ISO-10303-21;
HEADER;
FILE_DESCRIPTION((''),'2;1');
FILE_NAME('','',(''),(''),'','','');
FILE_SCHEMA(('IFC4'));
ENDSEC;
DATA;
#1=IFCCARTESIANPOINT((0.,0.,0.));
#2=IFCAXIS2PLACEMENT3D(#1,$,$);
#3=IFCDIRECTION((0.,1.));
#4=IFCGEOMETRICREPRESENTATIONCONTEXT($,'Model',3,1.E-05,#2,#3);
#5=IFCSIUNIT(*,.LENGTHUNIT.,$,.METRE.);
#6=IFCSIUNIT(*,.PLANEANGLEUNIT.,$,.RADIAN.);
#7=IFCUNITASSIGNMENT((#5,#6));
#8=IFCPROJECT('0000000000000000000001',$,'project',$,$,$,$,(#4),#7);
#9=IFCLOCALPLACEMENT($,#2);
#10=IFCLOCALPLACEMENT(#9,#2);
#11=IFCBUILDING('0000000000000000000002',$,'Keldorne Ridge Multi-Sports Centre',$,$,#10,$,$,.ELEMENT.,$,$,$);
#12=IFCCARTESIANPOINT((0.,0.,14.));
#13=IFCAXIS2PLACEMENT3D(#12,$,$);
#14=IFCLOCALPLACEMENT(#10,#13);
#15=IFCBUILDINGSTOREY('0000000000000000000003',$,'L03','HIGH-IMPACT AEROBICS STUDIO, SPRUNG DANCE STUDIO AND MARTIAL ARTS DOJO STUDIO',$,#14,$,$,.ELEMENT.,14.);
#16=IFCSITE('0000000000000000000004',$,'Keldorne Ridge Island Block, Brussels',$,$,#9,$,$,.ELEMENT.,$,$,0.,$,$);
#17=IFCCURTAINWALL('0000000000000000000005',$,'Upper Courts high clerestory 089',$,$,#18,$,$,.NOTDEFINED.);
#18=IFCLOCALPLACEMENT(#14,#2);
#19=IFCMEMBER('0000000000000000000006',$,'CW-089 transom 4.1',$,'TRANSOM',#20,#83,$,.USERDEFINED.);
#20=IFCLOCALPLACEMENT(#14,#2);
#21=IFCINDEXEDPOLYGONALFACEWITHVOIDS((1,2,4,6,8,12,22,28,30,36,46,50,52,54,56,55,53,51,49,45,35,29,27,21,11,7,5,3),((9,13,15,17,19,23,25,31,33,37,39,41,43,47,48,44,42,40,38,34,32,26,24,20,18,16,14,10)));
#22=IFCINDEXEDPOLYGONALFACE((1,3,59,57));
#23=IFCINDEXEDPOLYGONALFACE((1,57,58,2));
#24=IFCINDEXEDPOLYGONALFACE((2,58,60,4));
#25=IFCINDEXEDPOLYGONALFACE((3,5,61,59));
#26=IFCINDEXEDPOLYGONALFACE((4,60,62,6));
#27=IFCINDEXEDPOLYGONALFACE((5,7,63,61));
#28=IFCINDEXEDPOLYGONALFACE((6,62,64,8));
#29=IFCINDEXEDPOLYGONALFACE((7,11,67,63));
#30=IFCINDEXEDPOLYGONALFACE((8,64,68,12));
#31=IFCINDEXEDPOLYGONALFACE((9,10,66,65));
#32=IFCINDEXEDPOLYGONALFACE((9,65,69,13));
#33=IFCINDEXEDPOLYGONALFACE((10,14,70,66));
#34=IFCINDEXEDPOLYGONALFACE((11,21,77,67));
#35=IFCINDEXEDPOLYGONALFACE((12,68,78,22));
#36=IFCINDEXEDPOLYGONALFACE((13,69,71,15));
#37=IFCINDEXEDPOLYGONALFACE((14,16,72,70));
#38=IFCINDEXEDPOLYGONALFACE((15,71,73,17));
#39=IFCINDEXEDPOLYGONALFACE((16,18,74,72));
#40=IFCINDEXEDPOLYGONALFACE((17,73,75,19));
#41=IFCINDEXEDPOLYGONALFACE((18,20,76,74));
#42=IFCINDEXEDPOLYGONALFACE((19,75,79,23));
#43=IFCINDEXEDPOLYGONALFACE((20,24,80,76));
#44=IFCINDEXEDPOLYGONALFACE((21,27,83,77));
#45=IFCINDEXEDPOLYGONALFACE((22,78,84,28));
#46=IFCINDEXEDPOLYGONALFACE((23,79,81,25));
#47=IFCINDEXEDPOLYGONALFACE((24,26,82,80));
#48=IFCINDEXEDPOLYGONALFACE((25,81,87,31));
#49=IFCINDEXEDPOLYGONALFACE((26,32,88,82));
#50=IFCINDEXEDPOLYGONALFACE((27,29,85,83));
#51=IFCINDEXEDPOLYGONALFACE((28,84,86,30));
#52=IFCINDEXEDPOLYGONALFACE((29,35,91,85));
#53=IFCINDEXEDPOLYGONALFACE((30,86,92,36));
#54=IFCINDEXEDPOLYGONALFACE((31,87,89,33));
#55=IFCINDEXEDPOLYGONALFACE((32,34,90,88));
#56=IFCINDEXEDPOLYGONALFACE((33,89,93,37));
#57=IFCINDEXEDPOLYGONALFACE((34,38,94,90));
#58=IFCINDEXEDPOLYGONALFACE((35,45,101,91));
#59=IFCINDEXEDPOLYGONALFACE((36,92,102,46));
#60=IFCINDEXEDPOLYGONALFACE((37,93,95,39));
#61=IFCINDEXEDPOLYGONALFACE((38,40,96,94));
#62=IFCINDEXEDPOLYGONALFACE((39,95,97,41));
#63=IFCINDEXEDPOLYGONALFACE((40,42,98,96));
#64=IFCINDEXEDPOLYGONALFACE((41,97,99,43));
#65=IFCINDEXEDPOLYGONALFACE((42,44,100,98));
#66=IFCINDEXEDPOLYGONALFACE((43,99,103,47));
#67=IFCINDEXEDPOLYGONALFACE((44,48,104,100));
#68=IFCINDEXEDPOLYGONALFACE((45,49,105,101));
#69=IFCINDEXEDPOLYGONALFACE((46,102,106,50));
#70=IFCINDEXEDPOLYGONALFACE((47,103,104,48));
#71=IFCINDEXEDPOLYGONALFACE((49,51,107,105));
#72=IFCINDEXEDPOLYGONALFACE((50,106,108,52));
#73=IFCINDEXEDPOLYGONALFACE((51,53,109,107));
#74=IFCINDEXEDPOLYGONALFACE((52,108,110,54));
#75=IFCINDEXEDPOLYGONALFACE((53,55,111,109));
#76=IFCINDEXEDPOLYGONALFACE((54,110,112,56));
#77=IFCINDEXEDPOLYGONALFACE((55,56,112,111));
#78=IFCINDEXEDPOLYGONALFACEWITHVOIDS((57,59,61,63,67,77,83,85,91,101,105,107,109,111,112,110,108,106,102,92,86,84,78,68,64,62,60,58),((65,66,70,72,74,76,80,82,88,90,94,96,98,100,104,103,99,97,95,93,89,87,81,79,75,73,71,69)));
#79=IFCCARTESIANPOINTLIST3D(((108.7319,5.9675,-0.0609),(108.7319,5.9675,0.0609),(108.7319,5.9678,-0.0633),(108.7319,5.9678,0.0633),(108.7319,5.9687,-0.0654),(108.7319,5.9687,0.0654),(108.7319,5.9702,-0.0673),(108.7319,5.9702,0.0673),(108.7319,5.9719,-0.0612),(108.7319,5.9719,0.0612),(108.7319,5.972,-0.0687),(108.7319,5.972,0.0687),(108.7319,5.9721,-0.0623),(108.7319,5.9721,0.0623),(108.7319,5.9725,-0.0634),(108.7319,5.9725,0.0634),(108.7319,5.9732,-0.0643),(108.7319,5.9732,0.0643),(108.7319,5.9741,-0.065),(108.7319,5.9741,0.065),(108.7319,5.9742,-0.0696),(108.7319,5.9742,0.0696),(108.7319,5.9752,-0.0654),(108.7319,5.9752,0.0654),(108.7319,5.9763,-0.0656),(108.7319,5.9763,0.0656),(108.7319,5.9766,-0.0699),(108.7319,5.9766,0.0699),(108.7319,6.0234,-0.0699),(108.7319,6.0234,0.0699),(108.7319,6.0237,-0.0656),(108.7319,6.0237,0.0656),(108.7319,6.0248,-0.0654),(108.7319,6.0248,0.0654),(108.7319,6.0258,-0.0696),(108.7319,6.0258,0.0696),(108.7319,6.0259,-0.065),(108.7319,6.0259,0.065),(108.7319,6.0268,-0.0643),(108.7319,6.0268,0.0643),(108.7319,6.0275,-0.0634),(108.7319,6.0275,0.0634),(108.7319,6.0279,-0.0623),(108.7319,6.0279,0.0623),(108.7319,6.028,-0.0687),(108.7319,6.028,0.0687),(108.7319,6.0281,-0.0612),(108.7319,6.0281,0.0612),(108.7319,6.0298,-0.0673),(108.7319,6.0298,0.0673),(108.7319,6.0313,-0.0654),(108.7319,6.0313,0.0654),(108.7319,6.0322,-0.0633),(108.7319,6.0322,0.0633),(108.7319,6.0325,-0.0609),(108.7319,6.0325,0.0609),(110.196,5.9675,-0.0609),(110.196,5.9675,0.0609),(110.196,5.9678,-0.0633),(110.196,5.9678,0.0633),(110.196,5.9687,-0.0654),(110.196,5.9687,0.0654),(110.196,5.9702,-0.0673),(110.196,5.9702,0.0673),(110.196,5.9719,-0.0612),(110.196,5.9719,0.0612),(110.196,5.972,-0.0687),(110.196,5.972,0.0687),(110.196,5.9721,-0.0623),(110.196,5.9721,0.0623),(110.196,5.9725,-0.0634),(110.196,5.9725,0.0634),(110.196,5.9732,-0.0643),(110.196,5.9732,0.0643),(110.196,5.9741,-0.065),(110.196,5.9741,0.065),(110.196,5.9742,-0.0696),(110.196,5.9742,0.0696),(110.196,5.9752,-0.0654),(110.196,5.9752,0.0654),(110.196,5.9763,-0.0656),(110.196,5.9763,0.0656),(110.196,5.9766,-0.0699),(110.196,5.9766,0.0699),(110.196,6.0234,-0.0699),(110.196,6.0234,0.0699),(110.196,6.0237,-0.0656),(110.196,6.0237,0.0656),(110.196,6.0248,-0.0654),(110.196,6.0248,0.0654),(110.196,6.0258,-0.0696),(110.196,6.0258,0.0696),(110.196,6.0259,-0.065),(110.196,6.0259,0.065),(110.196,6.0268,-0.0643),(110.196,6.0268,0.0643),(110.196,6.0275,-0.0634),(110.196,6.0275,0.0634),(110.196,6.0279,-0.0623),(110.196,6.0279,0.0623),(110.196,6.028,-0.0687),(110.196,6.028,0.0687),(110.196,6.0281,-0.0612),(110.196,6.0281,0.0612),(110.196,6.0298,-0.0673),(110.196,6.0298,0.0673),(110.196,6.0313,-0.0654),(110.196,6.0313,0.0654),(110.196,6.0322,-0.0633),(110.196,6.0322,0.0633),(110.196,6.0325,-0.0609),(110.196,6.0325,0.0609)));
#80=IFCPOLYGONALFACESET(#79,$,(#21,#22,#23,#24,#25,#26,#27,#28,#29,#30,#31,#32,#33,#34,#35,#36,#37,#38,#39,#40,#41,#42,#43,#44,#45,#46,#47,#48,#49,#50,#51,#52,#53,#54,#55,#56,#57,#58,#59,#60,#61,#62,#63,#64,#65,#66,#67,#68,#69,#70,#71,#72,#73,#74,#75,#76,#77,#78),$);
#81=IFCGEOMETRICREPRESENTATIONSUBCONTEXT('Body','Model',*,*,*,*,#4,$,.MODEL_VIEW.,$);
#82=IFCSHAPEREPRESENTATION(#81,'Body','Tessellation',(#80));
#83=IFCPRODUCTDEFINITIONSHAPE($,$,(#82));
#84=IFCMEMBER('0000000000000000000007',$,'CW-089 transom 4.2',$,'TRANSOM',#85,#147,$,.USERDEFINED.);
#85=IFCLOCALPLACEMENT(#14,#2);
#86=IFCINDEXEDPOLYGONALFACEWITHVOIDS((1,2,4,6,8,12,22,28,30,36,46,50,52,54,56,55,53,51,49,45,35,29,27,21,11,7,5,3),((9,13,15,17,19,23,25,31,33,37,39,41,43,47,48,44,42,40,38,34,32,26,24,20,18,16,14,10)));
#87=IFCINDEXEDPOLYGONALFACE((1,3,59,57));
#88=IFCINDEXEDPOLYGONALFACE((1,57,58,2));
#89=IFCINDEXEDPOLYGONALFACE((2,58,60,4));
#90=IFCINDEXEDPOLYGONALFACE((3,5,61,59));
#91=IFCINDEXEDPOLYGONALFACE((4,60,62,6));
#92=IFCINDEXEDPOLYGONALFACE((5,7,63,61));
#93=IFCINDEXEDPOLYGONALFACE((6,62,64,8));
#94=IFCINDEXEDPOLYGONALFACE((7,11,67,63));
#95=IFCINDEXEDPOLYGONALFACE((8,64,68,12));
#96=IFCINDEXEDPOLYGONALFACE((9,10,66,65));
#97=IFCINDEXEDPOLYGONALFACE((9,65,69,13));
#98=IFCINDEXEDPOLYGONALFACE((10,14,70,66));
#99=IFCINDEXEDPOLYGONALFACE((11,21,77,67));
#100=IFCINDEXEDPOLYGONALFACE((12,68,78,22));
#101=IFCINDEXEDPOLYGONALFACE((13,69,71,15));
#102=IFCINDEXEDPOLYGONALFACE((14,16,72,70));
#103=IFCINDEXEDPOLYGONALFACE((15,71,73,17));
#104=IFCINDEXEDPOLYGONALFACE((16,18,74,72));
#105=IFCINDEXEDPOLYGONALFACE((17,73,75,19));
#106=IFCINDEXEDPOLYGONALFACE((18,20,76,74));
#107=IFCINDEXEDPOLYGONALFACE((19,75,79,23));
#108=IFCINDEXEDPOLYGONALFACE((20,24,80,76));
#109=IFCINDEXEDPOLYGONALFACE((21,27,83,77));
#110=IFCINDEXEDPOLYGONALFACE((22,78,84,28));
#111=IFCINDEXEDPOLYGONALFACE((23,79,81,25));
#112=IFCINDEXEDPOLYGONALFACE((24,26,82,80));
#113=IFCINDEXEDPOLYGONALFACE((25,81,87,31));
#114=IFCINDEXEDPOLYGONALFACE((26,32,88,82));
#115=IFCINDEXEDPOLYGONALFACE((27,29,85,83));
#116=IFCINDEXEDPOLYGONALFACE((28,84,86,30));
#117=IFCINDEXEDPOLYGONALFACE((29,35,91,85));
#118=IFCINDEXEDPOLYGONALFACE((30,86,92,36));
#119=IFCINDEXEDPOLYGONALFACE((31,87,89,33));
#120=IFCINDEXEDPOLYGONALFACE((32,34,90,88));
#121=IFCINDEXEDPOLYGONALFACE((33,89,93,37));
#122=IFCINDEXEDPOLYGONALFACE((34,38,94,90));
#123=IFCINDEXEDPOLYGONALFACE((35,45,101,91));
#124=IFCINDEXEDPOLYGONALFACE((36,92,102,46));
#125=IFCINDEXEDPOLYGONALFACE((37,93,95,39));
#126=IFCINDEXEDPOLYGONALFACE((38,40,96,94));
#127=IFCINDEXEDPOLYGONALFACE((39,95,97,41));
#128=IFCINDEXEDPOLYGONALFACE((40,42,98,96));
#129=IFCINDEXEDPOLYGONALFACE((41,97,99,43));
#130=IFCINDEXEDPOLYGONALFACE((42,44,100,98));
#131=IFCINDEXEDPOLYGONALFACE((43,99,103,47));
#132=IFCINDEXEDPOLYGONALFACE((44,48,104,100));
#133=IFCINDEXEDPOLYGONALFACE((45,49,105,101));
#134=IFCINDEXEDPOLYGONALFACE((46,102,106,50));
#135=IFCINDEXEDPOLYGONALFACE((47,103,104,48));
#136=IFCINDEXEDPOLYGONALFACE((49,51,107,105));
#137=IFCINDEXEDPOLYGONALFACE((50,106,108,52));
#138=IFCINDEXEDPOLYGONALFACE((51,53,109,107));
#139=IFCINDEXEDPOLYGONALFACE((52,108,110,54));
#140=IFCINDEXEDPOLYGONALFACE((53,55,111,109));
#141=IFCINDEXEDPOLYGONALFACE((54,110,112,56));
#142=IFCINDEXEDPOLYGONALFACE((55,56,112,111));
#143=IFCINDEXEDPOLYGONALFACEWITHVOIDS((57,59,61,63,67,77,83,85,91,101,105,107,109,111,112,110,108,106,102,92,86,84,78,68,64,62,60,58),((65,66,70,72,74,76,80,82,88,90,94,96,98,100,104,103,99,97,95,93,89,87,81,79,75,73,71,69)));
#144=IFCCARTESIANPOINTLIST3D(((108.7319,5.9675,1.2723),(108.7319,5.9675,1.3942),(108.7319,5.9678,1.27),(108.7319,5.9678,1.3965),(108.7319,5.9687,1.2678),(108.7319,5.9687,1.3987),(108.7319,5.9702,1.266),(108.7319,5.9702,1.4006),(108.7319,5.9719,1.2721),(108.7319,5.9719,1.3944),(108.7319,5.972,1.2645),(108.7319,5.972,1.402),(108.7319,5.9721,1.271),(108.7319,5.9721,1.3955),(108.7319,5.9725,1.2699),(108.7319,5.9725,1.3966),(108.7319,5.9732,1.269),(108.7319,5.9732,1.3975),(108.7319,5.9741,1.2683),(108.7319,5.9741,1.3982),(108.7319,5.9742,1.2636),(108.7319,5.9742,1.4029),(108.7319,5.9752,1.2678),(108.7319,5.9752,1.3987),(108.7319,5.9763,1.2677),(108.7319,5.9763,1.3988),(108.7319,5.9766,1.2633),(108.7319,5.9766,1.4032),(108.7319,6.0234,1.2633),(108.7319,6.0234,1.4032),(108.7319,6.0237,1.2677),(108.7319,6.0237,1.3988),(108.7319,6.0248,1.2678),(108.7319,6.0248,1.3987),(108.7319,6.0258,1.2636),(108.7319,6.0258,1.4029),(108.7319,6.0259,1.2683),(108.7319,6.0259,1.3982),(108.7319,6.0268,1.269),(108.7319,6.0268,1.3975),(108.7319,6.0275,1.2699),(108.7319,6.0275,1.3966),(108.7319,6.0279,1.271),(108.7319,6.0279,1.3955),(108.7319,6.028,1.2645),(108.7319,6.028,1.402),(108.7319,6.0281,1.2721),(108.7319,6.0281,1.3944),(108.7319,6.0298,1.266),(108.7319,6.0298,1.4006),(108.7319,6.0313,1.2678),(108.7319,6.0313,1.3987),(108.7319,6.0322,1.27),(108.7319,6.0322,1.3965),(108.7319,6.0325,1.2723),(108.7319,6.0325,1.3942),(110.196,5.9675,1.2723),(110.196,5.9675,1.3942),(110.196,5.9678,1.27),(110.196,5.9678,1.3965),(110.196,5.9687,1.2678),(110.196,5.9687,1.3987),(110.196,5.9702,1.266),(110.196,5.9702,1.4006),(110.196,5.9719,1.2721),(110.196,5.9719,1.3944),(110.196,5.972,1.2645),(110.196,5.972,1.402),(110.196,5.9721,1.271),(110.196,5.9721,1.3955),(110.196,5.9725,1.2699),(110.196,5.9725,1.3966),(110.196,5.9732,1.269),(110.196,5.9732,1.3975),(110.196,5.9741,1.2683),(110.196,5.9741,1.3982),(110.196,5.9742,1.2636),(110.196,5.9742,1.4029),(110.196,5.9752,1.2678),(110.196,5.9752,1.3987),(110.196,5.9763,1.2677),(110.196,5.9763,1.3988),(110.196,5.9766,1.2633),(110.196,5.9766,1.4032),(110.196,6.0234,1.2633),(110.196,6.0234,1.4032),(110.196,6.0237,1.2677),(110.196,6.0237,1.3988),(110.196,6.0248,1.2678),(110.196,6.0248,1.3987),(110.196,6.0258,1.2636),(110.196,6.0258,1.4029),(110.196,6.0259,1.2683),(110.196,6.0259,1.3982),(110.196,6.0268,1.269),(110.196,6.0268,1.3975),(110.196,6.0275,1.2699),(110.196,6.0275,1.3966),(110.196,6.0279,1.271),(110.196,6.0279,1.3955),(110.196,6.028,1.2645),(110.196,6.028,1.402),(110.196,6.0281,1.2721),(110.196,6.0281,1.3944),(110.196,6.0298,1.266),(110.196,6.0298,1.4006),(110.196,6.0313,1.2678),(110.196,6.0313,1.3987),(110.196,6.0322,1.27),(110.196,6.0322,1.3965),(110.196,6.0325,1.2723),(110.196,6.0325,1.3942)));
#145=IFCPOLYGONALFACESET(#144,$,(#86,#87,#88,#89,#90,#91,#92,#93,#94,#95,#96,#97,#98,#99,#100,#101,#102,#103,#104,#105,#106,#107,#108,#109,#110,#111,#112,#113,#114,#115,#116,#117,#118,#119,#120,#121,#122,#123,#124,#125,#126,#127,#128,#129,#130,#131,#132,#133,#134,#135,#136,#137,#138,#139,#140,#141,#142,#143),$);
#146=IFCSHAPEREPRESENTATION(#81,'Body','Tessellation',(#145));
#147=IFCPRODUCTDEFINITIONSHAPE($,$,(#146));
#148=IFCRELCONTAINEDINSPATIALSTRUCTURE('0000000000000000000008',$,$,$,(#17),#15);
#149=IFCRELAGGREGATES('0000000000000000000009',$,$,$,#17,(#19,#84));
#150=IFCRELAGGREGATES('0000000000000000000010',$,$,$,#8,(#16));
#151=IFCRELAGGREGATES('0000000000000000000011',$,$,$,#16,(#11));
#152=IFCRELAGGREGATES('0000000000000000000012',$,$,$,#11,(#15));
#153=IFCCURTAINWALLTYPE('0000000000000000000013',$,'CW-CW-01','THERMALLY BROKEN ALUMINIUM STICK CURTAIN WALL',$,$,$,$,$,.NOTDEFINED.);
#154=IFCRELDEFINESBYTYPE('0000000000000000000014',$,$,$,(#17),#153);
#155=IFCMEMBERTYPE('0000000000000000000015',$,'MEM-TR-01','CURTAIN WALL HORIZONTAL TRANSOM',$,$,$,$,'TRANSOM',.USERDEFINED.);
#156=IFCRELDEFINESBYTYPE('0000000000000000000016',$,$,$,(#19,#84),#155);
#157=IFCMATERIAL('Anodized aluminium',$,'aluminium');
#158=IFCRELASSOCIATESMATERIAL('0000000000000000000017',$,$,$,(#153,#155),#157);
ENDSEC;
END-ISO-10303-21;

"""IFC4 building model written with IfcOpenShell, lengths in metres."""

from ifc_helpers import new_model, si_unit, direction, frame, origin, origin_2d, place, context, subcontext, project, spatial, hollow_rectangle, extrude, material, material_profile, profile_set, type_object, element, aggregate, save


model = new_model("IFC4")

# Units and contexts
model_context = context("Model", 3, precision=1e-05, world=origin(), true_north=direction((0.0, 1.0)))
body_context = subcontext(model_context, "Body", "Model", "MODEL_VIEW")
ifc_project = project(units=[si_unit("LENGTHUNIT", "METRE"), si_unit("PLANEANGLEUNIT", "RADIAN")], contexts=[model_context])

# Site, building, storey
site_placement = place(None, origin())
site = spatial("IfcSite", under=ifc_project, at=site_placement, Name="Keldorne Ridge Island Block, Brussels", CompositionType="ELEMENT", RefElevation=0.0)
building_placement = place(site_placement, origin())
building = spatial("IfcBuilding", under=site, at=building_placement, Name="Keldorne Ridge Multi-Sports Centre", CompositionType="ELEMENT")
storey_placement = place(building_placement, frame((0.0, 0.0, 14.0)))
storey = spatial("IfcBuildingStorey", under=building, at=storey_placement, Name="L03", Description="HIGH-IMPACT AEROBICS STUDIO, SPRUNG DANCE STUDIO AND MARTIAL ARTS DOJO STUDIO", CompositionType="ELEMENT", Elevation=14.0)

# Curtain wall, members
ifc_material_1 = material(Name="Anodized aluminium", Category="aluminium")
curtain_wall_type = type_object("IfcCurtainWallType", Name="CW-CW-01", Description="THERMALLY BROKEN ALUMINIUM STICK CURTAIN WALL", PredefinedType="NOTDEFINED", material=ifc_material_1)
curtain_wall_placement = place(storey_placement, origin())
curtain_wall = element("IfcCurtainWall", 1, at=curtain_wall_placement, inside=storey, type_object=curtain_wall_type, Name="Upper Courts high clerestory 089", PredefinedType="NOTDEFINED")
ifc_material_profile_1 = material_profile(ifc_material_1, hollow_rectangle(XDim=0.0649, YDim=0.1399, WallThickness=0.0044, InnerFilletRadius=0.0044, OuterFilletRadius=0.009, at=origin_2d()), Name="ALU TRANSOM 140x65x4.5")
ifc_profile_set_1 = profile_set([ifc_material_profile_1], Name="Anodized aluminium")
member_type_1 = type_object("IfcMemberType", Name="MEM-TR-01", Description="CURTAIN WALL HORIZONTAL TRANSOM", ElementType="TRANSOM", PredefinedType="USERDEFINED", material=ifc_profile_set_1)
member_1_placement = place(storey_placement, frame((108.7319, 6.0, 0.0), z_axis=(1.0, 0.0, 0.0), x_axis=(0.0, 1.0, 0.0)))
member_1 = element("IfcMember", 2, at=member_1_placement, type_object=member_type_1, Name="CW-089 transom 4.1", ObjectType="TRANSOM", PredefinedType="USERDEFINED", context=body_context, shape_type="SweptSolid", body=[
    extrude(hollow_rectangle(XDim=0.0649, YDim=0.1399, WallThickness=0.0044, InnerFilletRadius=0.0044, OuterFilletRadius=0.009, at=origin_2d()), origin(), (0.0, 0.0, 1.0), 1.4641),
])
member_2_placement = place(storey_placement, frame((108.7319, 6.0, 1.3333), z_axis=(1.0, 0.0, 0.0), x_axis=(0.0, 1.0, 0.0)))
member_2 = element("IfcMember", 3, at=member_2_placement, type_object=member_type_1, Name="CW-089 transom 4.2", ObjectType="TRANSOM", PredefinedType="USERDEFINED", context=body_context, shape_type="SweptSolid", body=[
    extrude(hollow_rectangle(XDim=0.0649, YDim=0.1399, WallThickness=0.0044, InnerFilletRadius=0.0044, OuterFilletRadius=0.009, at=origin_2d()), origin(), (0.0, 0.0, 1.0), 1.4641),
])
aggregate(curtain_wall, [member_1, member_2])

save(model, "model.ifc")
